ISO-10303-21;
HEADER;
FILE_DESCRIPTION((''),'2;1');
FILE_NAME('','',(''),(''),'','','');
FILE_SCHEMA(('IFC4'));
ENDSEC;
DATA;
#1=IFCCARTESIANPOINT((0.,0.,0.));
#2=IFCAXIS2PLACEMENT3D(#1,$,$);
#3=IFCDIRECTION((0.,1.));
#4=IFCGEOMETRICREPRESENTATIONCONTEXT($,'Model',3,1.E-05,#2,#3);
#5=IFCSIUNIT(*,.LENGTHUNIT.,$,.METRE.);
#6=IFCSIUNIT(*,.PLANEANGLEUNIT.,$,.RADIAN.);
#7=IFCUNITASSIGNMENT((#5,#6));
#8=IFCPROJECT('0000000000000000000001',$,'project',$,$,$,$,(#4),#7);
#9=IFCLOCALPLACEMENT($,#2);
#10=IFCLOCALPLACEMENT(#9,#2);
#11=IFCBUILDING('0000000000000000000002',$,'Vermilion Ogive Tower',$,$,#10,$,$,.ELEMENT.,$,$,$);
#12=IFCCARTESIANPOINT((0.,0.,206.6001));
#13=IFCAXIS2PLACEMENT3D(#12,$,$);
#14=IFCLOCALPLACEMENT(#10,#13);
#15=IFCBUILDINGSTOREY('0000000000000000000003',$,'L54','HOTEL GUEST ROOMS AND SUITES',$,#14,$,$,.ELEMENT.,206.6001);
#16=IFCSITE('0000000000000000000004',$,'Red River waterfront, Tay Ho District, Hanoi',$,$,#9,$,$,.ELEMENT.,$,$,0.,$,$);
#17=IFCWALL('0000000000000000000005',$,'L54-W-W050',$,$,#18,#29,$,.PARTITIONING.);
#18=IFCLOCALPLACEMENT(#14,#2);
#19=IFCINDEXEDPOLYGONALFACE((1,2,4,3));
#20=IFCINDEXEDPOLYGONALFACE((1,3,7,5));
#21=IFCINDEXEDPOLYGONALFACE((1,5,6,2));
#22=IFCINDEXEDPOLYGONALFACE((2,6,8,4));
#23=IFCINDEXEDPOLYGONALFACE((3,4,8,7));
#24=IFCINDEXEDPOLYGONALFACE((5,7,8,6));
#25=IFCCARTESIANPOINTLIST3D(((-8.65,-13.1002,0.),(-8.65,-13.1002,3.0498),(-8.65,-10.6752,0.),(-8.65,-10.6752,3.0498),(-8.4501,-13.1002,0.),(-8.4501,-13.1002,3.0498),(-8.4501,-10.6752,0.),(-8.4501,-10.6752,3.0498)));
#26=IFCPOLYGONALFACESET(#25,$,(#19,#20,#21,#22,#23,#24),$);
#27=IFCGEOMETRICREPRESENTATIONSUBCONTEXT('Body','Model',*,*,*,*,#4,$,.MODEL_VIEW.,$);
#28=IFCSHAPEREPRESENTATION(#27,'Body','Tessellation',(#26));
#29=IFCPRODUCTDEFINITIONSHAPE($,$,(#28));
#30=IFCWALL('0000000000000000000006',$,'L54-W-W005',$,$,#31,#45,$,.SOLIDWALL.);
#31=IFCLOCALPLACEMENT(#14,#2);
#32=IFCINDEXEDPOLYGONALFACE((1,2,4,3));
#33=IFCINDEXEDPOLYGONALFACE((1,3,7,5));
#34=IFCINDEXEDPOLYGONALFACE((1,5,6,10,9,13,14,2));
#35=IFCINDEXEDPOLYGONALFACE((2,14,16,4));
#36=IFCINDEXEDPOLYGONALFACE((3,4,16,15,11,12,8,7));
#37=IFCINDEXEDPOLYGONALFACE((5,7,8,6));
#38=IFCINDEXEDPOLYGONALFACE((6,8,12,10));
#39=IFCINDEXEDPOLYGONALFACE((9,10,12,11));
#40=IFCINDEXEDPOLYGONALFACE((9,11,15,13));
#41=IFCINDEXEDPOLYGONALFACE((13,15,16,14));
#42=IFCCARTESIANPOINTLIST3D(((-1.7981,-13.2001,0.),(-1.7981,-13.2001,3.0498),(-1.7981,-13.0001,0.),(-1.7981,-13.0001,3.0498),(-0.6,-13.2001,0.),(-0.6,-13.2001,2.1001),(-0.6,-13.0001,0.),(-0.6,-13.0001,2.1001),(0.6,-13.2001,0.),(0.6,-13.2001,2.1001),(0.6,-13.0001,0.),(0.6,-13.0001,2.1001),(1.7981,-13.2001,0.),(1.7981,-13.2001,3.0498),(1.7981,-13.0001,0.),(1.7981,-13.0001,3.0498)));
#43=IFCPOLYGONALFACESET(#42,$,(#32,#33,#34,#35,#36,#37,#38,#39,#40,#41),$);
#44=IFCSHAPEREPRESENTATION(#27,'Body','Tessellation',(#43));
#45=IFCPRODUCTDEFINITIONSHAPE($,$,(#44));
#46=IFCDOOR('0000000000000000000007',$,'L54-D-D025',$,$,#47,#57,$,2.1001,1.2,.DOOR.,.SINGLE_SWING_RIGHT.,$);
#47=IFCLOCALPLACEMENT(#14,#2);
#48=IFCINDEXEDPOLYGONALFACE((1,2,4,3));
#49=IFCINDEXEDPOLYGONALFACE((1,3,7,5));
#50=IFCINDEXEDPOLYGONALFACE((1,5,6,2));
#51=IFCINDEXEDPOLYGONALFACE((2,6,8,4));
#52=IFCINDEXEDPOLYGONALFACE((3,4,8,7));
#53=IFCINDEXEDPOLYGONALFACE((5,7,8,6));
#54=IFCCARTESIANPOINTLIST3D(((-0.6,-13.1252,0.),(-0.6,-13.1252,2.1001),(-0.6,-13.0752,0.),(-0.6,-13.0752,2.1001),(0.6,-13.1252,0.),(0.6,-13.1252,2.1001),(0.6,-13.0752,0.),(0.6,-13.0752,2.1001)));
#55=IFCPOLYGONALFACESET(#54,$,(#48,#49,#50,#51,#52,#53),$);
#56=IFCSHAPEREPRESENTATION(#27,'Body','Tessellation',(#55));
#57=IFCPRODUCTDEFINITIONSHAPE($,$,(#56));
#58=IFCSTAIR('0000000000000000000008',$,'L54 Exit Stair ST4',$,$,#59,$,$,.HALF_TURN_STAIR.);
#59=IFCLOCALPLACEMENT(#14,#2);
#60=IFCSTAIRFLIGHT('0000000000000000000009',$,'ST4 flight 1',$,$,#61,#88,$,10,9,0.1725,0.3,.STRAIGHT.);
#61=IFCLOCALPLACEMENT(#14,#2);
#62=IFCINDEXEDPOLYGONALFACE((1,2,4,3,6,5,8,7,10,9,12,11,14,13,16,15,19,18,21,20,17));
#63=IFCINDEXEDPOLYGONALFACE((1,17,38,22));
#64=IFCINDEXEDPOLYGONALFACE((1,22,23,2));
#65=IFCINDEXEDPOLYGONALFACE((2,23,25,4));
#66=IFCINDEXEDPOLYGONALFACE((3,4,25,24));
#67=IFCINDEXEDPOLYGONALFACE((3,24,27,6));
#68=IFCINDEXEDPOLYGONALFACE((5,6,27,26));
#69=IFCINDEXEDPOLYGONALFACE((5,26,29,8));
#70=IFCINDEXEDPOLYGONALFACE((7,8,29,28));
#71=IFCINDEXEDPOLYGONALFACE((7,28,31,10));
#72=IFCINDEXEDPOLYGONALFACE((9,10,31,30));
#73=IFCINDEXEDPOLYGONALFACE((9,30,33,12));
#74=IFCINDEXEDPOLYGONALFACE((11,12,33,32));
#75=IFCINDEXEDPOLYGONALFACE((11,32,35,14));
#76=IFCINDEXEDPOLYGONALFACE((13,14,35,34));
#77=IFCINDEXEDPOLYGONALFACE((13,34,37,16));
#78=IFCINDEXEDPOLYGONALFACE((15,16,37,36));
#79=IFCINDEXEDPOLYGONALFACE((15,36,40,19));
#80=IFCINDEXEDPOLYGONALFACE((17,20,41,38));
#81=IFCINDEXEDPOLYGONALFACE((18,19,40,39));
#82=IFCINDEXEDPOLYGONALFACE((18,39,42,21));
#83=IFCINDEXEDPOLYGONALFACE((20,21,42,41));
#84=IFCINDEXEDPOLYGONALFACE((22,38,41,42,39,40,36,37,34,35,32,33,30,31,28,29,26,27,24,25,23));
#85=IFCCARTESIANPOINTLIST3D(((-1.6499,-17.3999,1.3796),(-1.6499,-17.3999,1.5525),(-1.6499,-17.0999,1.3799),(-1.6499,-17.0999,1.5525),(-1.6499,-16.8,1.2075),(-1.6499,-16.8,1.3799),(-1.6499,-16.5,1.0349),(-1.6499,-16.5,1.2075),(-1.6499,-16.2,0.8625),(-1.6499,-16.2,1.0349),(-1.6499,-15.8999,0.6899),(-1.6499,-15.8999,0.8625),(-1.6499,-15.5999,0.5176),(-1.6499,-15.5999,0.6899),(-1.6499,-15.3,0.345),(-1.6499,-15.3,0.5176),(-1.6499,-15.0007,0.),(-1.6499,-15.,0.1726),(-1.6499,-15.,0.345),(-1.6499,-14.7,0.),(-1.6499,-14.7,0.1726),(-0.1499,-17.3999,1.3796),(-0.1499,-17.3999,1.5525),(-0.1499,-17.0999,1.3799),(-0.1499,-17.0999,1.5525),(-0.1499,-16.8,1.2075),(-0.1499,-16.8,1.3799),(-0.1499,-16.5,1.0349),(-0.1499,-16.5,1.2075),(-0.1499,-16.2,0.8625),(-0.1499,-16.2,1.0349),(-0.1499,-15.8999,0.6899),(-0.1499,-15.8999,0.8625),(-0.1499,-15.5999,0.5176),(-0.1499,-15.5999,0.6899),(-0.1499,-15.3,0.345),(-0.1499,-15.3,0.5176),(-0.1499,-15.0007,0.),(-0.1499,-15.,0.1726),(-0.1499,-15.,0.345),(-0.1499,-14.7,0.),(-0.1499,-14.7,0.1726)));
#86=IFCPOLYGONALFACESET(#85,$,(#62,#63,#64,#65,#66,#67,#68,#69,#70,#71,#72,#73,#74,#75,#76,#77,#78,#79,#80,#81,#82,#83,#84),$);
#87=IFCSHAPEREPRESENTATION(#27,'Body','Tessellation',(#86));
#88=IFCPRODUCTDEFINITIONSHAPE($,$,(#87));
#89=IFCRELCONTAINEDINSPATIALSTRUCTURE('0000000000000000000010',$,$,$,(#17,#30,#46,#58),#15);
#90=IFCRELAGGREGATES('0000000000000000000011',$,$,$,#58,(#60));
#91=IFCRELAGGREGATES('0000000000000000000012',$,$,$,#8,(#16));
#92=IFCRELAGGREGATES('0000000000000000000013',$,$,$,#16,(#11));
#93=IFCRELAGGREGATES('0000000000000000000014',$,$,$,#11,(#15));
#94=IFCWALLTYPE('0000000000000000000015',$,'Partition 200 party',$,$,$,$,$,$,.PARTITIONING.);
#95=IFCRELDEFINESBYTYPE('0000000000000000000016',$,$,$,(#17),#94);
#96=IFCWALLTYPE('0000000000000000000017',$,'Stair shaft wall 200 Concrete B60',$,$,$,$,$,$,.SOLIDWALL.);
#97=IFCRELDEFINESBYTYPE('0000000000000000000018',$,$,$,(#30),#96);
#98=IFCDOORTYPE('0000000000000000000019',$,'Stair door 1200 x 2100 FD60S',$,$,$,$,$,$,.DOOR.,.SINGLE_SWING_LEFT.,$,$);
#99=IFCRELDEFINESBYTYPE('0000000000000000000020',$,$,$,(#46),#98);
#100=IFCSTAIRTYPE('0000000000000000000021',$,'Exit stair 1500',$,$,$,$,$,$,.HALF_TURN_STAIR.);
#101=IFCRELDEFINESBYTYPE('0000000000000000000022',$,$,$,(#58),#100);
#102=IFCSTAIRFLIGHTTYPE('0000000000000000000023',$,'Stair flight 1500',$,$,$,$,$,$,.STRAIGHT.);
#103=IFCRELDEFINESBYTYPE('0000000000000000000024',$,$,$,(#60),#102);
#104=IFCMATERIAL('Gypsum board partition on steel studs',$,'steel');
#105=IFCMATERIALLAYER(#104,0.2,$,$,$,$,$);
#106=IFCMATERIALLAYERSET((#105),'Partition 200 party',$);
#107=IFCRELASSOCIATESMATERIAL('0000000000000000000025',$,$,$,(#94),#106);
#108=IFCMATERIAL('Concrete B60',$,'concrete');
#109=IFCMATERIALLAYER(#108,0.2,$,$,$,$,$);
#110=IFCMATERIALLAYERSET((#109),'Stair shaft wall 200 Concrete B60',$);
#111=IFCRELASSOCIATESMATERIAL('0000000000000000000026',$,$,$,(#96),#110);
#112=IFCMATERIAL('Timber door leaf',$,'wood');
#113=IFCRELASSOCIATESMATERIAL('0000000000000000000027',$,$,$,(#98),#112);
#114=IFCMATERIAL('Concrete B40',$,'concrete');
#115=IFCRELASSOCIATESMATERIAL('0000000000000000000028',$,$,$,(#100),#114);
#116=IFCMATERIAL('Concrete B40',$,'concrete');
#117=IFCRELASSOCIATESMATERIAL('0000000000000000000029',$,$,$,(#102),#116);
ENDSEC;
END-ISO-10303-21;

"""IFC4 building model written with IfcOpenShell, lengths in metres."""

from ifc_helpers import new_model, si_unit, direction, frame, frame_2d, origin, place, context, subcontext, project, spatial, polyline, rectangle, outline, extrude, material, layer, layer_set, type_object, element, fill, aggregate, save


model = new_model("IFC4")

# Units and contexts
model_context = context("Model", 3, precision=1e-05, world=origin(), true_north=direction((0.0, 1.0)))
body_context = subcontext(model_context, "Body", "Model", "MODEL_VIEW")
ifc_project = project(units=[si_unit("LENGTHUNIT", "METRE"), si_unit("PLANEANGLEUNIT", "RADIAN")], contexts=[model_context])

# Site, building, storey
site_placement = place(None, origin())
site = spatial("IfcSite", under=ifc_project, at=site_placement, Name="Red River waterfront, Tay Ho District, Hanoi", CompositionType="ELEMENT", RefElevation=0.0)
building_placement = place(site_placement, origin())
building = spatial("IfcBuilding", under=site, at=building_placement, Name="Vermilion Ogive Tower", CompositionType="ELEMENT")
storey_placement = place(building_placement, frame((0.0, 0.0, 206.6001)))
storey = spatial("IfcBuildingStorey", under=building, at=storey_placement, Name="L54", Description="HOTEL GUEST ROOMS AND SUITES", CompositionType="ELEMENT", Elevation=206.6001)

# Wall
ifc_material_1 = material(Name="Gypsum board partition on steel studs", Category="steel")
ifc_layer_1 = layer(ifc_material_1, 0.2)
ifc_layer_set_1 = layer_set([ifc_layer_1], Name="Partition 200 party")
wall_type_1 = type_object("IfcWallType", Name="Partition 200 party", PredefinedType="PARTITIONING", material=ifc_layer_set_1)
wall_1_placement = place(storey_placement, frame((-8.55, -13.1001, 0.0), z_axis=(0.0, 0.0, 1.0), x_axis=(0.0, 1.0, 0.0)))
element("IfcWall", 1, at=wall_1_placement, inside=storey, type_object=wall_type_1, Name="L54-W-W050", PredefinedType="PARTITIONING", context=body_context, shape_type="SweptSolid", body=[
    extrude(rectangle(XDim=2.425, YDim=0.2, at=frame_2d((1.2124, 0.0))), origin(), (0.0, 0.0, 1.0), 3.0498),
])

# Wall, opening, door
ifc_material_2 = material(Name="Concrete B60", Category="concrete")
ifc_layer_2 = layer(ifc_material_2, 0.2)
ifc_layer_set_2 = layer_set([ifc_layer_2], Name="Stair shaft wall 200 Concrete B60")
wall_type_2 = type_object("IfcWallType", Name="Stair shaft wall 200 Concrete B60", PredefinedType="SOLIDWALL", material=ifc_layer_set_2)
wall_2_placement = place(storey_placement, frame((-1.7981, -13.1001, 0.0), z_axis=(0.0, 0.0, 1.0), x_axis=(1.0, 0.0, 0.0)))
wall_2 = element("IfcWall", 2, at=wall_2_placement, inside=storey, type_object=wall_type_2, Name="L54-W-W005", PredefinedType="SOLIDWALL", context=body_context, shape_type="SweptSolid", body=[
    extrude(rectangle(XDim=3.5962, YDim=0.2, at=frame_2d((1.7981, 0.0))), origin(), (0.0, 0.0, 1.0), 3.0498),
])
opening_1_placement = place(wall_2_placement, frame((1.198, 0.0, 0.0)))
opening_1 = element("IfcOpeningElement", 3, at=opening_1_placement, cuts=wall_2, PredefinedType="OPENING", context=body_context, shape_type="SweptSolid", body=[
    extrude(rectangle(XDim=1.2, YDim=2.1001, at=frame_2d((0.6001, 1.05))), frame((0.0, 0.1099, 0.0), z_axis=(0.0, -1.0, 0.0), x_axis=(1.0, 0.0, 0.0)), (0.0, 0.0, 1.0), 0.22),
])
ifc_material_3 = material(Name="Timber door leaf", Category="wood")
door_type_1 = type_object("IfcDoorType", Name="Stair door 1200 x 2100 FD60S", OperationType="SINGLE_SWING_LEFT", PredefinedType="DOOR", material=ifc_material_3)
door_1_placement = place(opening_1_placement, origin())
door_1 = element("IfcDoor", 4, at=door_1_placement, inside=storey, type_object=door_type_1, Name="L54-D-D025", OperationType="SINGLE_SWING_RIGHT", OverallHeight=2.1001, OverallWidth=1.2, PredefinedType="DOOR", context=body_context, shape_type="SweptSolid", body=[
    extrude(rectangle(XDim=1.2, YDim=2.1001, at=frame_2d((0.6001, 1.05))), frame((0.0, 0.0249, 0.0), z_axis=(0.0, -1.0, 0.0), x_axis=(1.0, 0.0, 0.0)), (0.0, 0.0, 1.0), 0.05),
])
fill(opening_1, door_1)

# Stair, stair flight
ifc_material_4 = material(Name="Concrete B40", Category="concrete")
stair_type = type_object("IfcStairType", Name="Exit stair 1500", PredefinedType="HALF_TURN_STAIR", material=ifc_material_4)
stair_placement = place(storey_placement, origin())
stair = element("IfcStair", 5, at=stair_placement, inside=storey, type_object=stair_type, Name="L54 Exit Stair ST4", PredefinedType="HALF_TURN_STAIR")
ifc_material_5 = material(Name="Concrete B40", Category="concrete")
stair_flight_type = type_object("IfcStairFlightType", Name="Stair flight 1500", PredefinedType="STRAIGHT", material=ifc_material_5)
stair_flight_placement = place(storey_placement, frame((-0.8999, -14.7, 0.0), z_axis=(0.0, 0.0, 1.0), x_axis=(0.0, -1.0, 0.0)))
stair_flight = element("IfcStairFlight", 6, at=stair_flight_placement, type_object=stair_flight_type, Name="ST4 flight 1", NumberOfRisers=10, NumberOfTreads=9, PredefinedType="STRAIGHT", RiserHeight=0.1725, TreadLength=0.3, context=body_context, shape_type="SweptSolid", body=[
    extrude(outline(polyline([(0.0, 0.0), (0.0, 0.1726), (0.3, 0.1726), (0.3, 0.345), (0.6001, 0.345), (0.6001, 0.5176), (0.8999, 0.5176), (0.8999, 0.6899), (1.2, 0.6899), (1.2, 0.8625), (1.5, 0.8625), (1.5, 1.0349), (1.8, 1.0349), (1.8, 1.2075), (2.1001, 1.2075), (2.1001, 1.3799), (2.3999, 1.3799), (2.3999, 1.5525), (2.7, 1.5525), (2.7, 1.7251), (2.7, 1.3796), (0.3008, 0.0), (0.0, 0.0)])), frame((0.0, 0.75, 0.0), z_axis=(0.0, -1.0, 0.0), x_axis=(1.0, 0.0, 0.0)), (0.0, 0.0, 1.0), 1.5),
])
aggregate(stair, [stair_flight])

save(model, "model.ifc")
